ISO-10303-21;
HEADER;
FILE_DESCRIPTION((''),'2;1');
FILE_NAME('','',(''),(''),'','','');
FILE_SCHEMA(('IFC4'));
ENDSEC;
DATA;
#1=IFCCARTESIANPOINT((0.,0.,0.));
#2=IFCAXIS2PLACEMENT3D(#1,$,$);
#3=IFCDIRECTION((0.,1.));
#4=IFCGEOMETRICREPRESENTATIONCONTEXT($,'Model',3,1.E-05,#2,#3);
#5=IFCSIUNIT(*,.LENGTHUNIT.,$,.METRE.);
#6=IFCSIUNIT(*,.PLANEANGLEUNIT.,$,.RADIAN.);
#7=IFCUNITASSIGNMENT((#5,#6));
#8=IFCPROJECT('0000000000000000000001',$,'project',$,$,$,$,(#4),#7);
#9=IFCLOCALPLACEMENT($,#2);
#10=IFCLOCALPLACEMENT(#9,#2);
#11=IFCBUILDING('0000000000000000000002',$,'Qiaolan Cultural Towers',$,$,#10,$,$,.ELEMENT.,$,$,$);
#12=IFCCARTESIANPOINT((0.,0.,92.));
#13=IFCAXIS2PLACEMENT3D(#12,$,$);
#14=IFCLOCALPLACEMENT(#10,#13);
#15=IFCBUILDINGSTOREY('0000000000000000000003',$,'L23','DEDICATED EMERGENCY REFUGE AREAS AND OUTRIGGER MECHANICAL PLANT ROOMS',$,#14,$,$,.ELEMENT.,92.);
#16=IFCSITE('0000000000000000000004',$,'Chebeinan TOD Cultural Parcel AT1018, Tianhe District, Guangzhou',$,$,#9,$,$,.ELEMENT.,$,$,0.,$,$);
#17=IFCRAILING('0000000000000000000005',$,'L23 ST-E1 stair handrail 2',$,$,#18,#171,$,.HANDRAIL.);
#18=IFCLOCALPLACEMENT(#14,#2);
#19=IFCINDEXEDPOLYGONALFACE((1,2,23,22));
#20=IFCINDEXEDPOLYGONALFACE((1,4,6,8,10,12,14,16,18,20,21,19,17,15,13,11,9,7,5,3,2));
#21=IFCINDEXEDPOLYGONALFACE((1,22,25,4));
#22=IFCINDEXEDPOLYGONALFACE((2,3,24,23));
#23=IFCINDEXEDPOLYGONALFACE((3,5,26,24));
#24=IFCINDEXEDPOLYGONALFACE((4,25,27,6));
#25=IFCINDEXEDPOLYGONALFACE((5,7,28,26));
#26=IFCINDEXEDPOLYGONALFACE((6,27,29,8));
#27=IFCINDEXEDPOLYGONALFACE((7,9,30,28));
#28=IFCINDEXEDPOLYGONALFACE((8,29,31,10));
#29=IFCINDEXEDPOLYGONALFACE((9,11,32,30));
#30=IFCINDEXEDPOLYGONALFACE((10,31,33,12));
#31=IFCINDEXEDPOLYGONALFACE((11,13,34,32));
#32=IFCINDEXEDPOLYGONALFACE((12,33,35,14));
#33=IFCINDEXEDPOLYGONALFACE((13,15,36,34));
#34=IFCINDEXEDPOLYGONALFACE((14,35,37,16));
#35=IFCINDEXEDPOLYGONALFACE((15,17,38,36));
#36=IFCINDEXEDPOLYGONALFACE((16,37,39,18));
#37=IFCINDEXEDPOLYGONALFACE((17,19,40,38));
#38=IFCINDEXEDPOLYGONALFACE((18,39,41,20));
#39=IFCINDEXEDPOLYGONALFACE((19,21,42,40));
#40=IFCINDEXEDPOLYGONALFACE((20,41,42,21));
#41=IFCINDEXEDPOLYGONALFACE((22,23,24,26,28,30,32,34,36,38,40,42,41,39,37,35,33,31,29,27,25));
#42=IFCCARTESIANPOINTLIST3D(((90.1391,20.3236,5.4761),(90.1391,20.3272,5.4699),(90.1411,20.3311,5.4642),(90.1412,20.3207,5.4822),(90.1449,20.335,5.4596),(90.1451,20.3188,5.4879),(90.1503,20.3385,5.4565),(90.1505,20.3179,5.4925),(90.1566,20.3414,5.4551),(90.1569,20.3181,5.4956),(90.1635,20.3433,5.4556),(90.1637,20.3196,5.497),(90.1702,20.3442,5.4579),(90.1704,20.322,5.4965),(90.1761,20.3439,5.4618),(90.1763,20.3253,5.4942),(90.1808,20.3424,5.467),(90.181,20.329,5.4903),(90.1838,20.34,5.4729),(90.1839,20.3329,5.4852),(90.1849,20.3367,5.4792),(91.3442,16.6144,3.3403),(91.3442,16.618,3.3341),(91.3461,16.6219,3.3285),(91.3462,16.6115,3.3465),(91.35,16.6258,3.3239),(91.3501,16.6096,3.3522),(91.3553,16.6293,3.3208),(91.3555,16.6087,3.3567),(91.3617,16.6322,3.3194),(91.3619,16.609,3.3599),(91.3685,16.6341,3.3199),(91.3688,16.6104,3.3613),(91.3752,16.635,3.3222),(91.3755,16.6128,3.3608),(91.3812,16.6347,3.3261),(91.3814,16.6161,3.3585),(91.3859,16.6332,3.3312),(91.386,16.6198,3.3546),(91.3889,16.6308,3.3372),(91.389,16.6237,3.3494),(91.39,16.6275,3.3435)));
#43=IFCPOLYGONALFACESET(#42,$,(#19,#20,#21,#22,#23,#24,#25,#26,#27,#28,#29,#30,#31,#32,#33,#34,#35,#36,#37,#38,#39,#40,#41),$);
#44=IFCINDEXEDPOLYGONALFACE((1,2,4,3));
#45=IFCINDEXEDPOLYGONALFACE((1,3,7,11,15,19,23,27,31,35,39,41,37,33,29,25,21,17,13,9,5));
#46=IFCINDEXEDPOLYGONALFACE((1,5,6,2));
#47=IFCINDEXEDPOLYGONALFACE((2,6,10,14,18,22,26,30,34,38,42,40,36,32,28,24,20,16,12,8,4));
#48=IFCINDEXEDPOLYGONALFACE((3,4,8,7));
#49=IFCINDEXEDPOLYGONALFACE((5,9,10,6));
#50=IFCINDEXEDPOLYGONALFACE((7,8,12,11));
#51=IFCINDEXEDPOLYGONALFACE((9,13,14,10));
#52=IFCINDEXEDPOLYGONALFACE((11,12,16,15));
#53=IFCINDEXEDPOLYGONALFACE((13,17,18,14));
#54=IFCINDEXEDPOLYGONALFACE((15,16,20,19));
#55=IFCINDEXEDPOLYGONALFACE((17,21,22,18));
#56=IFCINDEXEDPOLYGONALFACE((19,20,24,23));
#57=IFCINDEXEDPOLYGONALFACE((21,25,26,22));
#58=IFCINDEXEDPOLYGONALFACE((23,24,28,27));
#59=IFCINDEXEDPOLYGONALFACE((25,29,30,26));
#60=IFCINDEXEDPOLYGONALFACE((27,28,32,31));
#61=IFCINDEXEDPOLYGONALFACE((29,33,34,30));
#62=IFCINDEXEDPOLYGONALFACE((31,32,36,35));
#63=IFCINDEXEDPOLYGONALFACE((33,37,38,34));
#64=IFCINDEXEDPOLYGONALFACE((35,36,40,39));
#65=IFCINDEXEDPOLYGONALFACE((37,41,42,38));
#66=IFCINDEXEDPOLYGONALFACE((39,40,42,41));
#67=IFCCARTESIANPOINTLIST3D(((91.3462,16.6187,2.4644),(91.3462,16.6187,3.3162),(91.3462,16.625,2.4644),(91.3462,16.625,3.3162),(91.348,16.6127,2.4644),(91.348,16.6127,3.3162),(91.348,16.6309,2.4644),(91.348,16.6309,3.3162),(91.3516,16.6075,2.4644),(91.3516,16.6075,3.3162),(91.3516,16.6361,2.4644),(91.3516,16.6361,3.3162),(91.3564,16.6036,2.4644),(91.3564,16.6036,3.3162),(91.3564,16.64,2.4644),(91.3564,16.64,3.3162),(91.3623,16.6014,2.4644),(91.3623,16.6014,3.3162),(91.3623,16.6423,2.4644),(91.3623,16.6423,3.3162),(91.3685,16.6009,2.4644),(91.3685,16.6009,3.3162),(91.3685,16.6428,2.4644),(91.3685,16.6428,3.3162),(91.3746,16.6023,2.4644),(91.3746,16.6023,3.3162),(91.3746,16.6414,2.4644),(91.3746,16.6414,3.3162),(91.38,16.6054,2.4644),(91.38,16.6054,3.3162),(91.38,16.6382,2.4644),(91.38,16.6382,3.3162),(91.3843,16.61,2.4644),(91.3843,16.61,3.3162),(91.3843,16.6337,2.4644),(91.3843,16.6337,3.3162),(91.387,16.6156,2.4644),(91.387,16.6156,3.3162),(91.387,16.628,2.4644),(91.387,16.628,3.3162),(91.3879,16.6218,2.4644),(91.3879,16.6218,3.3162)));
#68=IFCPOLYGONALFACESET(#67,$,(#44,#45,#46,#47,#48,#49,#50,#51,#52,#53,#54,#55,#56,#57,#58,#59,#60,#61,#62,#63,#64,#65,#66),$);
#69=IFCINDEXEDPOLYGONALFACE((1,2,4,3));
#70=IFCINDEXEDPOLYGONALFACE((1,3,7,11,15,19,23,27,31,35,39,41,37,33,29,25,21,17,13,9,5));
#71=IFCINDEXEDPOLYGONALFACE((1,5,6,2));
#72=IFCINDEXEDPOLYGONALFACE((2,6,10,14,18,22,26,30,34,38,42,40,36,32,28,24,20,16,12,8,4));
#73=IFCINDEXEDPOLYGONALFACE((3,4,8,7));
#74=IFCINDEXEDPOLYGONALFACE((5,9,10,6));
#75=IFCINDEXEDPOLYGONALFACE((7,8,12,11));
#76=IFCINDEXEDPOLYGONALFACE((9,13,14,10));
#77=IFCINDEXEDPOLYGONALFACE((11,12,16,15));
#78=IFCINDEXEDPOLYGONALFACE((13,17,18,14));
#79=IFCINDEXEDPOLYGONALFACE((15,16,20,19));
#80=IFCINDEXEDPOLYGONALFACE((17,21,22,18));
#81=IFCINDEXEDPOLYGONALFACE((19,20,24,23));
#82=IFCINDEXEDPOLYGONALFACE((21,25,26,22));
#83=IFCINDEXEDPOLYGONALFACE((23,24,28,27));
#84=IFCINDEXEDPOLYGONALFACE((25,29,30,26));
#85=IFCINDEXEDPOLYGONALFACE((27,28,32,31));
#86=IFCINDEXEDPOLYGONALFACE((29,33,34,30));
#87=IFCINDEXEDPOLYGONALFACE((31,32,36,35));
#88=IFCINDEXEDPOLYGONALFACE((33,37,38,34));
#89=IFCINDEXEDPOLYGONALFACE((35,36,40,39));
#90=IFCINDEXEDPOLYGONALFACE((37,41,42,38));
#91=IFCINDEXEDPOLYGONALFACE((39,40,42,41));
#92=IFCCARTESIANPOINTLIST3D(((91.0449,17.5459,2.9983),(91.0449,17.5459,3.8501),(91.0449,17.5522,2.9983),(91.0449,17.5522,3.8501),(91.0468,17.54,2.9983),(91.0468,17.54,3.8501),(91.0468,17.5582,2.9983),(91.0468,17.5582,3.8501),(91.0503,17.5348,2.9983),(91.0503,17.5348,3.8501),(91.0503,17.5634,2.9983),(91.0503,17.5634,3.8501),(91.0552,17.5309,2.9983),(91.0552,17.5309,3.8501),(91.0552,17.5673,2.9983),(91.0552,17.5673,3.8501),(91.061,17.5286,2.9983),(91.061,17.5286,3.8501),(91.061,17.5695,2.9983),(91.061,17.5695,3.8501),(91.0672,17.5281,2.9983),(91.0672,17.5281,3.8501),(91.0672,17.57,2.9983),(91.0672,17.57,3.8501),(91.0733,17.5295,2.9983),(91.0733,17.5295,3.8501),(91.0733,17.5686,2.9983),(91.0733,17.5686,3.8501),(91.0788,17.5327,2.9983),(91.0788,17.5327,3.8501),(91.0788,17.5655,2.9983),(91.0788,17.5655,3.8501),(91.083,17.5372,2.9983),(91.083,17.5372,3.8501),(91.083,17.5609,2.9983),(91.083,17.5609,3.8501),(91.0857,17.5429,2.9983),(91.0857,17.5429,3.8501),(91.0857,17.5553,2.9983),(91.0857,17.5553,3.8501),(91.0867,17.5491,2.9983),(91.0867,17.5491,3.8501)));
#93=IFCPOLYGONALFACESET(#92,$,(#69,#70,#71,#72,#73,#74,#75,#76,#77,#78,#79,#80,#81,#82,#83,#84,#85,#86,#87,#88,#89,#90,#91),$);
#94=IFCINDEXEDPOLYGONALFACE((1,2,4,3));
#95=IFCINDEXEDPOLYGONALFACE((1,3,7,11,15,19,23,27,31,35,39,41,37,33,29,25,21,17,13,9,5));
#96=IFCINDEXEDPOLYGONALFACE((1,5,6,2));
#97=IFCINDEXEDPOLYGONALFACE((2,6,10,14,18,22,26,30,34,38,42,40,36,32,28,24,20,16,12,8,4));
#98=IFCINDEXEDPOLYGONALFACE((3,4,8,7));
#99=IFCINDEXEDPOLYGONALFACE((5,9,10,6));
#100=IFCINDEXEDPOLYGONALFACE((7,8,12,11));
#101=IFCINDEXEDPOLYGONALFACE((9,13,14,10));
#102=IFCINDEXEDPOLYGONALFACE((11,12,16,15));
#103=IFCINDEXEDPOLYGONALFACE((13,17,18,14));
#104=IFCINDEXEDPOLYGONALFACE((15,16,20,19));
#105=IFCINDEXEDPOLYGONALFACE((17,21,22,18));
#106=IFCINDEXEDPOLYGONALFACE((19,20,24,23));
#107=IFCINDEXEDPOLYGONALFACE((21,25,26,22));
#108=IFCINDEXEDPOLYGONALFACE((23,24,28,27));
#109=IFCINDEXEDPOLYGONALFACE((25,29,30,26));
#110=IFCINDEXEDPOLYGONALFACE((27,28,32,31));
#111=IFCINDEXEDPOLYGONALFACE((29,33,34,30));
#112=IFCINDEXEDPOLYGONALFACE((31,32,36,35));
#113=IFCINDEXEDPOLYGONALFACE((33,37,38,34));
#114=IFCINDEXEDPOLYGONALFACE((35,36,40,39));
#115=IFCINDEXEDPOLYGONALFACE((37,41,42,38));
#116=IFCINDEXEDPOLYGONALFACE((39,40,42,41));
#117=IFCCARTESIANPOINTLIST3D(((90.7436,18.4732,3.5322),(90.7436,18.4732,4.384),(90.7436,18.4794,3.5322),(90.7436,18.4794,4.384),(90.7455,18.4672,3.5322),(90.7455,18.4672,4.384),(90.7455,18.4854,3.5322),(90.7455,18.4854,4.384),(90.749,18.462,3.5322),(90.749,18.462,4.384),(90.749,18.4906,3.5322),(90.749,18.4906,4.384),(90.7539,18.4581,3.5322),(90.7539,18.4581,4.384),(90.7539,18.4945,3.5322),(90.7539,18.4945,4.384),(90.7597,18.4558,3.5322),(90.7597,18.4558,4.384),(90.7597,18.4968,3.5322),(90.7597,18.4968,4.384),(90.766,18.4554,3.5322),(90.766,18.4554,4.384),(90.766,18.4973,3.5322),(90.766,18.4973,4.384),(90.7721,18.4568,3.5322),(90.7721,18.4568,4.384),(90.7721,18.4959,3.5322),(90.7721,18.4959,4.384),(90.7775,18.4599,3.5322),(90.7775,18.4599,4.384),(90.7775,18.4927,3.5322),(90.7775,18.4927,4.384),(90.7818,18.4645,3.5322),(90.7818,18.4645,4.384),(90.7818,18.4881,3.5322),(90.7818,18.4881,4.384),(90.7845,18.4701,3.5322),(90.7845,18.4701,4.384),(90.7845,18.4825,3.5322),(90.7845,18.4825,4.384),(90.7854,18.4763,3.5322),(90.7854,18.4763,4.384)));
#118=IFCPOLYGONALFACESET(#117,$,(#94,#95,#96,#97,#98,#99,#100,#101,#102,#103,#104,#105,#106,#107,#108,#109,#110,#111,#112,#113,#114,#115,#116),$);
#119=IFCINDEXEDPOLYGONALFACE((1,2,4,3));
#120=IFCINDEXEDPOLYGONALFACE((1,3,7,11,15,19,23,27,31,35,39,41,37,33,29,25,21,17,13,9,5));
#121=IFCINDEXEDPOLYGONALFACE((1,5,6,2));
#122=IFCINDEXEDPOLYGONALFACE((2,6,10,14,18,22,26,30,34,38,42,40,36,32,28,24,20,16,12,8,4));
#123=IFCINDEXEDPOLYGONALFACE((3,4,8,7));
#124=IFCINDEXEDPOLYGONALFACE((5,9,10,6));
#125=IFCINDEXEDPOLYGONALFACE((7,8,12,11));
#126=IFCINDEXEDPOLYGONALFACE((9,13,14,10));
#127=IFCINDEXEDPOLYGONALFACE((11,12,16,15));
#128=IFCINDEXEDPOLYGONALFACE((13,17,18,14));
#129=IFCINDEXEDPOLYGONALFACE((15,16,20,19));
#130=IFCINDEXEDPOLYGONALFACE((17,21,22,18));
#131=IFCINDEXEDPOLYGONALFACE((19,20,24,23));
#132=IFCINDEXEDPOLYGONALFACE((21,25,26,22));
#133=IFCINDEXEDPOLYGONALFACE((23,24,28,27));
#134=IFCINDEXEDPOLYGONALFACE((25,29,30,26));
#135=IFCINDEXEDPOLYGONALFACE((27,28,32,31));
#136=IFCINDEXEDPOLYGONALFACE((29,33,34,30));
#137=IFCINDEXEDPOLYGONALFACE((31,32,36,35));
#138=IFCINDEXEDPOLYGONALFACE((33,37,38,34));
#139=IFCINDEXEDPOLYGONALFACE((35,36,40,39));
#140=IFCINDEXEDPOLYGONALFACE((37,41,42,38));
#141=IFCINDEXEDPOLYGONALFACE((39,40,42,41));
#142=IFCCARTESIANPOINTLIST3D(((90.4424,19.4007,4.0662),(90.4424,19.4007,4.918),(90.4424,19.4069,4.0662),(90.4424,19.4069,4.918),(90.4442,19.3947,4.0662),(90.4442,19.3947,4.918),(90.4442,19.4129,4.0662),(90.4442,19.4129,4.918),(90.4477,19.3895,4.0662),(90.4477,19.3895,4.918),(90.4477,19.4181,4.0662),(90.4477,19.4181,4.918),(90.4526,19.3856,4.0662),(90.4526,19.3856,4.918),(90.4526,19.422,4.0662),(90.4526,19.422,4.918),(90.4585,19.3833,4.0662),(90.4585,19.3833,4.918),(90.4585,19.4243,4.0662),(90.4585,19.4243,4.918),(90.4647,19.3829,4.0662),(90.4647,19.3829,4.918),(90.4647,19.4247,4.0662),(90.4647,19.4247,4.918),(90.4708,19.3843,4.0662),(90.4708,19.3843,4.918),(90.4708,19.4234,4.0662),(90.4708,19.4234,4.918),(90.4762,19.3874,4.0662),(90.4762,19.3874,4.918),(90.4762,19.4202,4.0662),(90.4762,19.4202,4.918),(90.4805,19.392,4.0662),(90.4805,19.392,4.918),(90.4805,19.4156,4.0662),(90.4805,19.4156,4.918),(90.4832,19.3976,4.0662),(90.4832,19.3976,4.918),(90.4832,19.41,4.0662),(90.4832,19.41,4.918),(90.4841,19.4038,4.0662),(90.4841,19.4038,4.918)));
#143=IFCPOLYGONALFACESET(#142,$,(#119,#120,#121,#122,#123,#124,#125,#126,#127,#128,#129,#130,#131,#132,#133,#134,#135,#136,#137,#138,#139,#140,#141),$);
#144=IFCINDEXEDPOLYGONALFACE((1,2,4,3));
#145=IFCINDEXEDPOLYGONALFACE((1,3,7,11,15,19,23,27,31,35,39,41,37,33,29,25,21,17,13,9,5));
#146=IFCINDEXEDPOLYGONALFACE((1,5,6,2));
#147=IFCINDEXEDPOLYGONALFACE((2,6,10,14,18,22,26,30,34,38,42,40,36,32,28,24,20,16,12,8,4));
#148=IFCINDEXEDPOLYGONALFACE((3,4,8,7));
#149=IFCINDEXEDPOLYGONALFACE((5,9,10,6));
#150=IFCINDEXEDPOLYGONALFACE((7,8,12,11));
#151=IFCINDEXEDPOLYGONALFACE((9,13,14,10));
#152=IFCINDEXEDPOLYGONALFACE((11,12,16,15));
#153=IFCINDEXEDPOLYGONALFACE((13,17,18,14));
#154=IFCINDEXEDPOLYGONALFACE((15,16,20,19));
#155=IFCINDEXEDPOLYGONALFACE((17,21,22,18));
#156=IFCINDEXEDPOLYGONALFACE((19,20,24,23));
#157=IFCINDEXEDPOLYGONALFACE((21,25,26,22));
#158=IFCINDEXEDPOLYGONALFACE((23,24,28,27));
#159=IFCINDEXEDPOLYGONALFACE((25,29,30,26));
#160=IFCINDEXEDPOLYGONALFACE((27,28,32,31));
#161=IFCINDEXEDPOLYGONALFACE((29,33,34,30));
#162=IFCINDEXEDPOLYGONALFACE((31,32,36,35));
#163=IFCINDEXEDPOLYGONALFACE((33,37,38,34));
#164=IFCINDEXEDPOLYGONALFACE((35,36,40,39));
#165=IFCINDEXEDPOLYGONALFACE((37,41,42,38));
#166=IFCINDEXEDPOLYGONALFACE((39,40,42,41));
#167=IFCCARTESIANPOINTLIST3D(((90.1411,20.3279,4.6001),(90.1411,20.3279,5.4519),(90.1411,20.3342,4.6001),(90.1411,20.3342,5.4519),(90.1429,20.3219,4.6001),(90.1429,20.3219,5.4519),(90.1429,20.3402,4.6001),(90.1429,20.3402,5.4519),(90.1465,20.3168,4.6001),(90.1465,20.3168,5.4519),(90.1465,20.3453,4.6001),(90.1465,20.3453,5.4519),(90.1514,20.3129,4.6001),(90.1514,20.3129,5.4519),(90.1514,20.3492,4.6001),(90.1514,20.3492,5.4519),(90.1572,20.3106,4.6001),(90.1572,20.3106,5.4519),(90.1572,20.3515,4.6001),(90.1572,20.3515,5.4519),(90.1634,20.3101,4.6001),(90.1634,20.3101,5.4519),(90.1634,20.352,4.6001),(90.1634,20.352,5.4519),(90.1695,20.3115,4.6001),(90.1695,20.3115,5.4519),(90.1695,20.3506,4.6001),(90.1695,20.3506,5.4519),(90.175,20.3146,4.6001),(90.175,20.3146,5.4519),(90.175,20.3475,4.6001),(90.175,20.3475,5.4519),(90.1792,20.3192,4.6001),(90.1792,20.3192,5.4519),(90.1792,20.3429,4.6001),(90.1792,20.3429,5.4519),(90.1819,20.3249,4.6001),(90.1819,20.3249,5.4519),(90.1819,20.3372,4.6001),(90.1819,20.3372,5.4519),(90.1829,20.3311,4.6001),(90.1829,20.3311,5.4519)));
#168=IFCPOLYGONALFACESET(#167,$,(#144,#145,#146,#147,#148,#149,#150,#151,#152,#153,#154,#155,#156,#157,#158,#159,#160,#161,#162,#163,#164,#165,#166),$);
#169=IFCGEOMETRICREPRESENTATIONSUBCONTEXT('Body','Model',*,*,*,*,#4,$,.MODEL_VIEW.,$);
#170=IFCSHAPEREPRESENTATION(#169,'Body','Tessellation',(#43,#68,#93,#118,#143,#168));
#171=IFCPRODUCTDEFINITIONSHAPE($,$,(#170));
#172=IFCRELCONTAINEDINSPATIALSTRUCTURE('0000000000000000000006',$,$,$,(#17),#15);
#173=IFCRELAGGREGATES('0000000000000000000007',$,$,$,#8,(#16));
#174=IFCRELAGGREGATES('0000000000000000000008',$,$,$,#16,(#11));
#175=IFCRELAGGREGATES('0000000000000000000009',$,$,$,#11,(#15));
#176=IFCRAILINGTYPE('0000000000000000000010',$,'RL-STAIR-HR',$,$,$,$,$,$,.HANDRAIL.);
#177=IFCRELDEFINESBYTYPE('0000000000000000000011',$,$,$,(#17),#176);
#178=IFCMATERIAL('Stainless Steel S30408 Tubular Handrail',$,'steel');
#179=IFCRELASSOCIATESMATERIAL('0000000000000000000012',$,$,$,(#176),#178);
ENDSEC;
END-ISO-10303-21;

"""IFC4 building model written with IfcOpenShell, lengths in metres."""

from ifc_helpers import new_model, si_unit, direction, frame, origin, origin_2d, place, context, subcontext, project, spatial, circle, extrude, material, type_object, element, save


model = new_model("IFC4")

# Units and contexts
model_context = context("Model", 3, precision=1e-05, world=origin(), true_north=direction((0.0, 1.0)))
body_context = subcontext(model_context, "Body", "Model", "MODEL_VIEW")
ifc_project = project(units=[si_unit("LENGTHUNIT", "METRE"), si_unit("PLANEANGLEUNIT", "RADIAN")], contexts=[model_context])

# Site, building, storey
site_placement = place(None, origin())
site = spatial("IfcSite", under=ifc_project, at=site_placement, Name="Chebeinan TOD Cultural Parcel AT1018, Tianhe District, Guangzhou", CompositionType="ELEMENT", RefElevation=0.0)
building_placement = place(site_placement, origin())
building = spatial("IfcBuilding", under=site, at=building_placement, Name="Qiaolan Cultural Towers", CompositionType="ELEMENT")
storey_placement = place(building_placement, frame((0.0, 0.0, 92.0)))
storey = spatial("IfcBuildingStorey", under=building, at=storey_placement, Name="L23", Description="DEDICATED EMERGENCY REFUGE AREAS AND OUTRIGGER MECHANICAL PLANT ROOMS", CompositionType="ELEMENT", Elevation=92.0)

# Railing
ifc_material_1 = material(Name="Stainless Steel S30408 Tubular Handrail", Category="steel")
railing_type_1 = type_object("IfcRailingType", Name="RL-STAIR-HR", PredefinedType="HANDRAIL", material=ifc_material_1)
railing_1_placement = place(storey_placement, frame((91.3669, 16.6218, 2.4644)))
element("IfcRailing", 1, at=railing_1_placement, inside=storey, type_object=railing_type_1, Name="L23 ST-E1 stair handrail 2", PredefinedType="HANDRAIL", context=body_context, shape_type="SweptSolid", body=[
    extrude(circle(Radius=0.0239, at=origin_2d()), frame((0.0, 0.0, 0.876), z_axis=(-0.271013, 0.834177, 0.480312), x_axis=(-0.951066, -0.308988, 0.0)), (0.0, 0.0, 1.0), 4.4465),
    extrude(circle(Radius=0.021, at=origin_2d()), origin(), (0.0, 0.0, 1.0), 0.8518),
    extrude(circle(Radius=0.021, at=origin_2d()), frame((-0.3013, 0.9272, 0.5339)), (0.0, 0.0, 1.0), 0.8518),
    extrude(circle(Radius=0.021, at=origin_2d()), frame((-0.6025, 1.8545, 1.0679)), (0.0, 0.0, 1.0), 0.8518),
    extrude(circle(Radius=0.021, at=origin_2d()), frame((-0.9038, 2.782, 1.6018)), (0.0, 0.0, 1.0), 0.8518),
    extrude(circle(Radius=0.021, at=origin_2d()), frame((-1.2051, 3.7092, 2.1357)), (0.0, 0.0, 1.0), 0.8518),
])

save(model, "model.ifc")
